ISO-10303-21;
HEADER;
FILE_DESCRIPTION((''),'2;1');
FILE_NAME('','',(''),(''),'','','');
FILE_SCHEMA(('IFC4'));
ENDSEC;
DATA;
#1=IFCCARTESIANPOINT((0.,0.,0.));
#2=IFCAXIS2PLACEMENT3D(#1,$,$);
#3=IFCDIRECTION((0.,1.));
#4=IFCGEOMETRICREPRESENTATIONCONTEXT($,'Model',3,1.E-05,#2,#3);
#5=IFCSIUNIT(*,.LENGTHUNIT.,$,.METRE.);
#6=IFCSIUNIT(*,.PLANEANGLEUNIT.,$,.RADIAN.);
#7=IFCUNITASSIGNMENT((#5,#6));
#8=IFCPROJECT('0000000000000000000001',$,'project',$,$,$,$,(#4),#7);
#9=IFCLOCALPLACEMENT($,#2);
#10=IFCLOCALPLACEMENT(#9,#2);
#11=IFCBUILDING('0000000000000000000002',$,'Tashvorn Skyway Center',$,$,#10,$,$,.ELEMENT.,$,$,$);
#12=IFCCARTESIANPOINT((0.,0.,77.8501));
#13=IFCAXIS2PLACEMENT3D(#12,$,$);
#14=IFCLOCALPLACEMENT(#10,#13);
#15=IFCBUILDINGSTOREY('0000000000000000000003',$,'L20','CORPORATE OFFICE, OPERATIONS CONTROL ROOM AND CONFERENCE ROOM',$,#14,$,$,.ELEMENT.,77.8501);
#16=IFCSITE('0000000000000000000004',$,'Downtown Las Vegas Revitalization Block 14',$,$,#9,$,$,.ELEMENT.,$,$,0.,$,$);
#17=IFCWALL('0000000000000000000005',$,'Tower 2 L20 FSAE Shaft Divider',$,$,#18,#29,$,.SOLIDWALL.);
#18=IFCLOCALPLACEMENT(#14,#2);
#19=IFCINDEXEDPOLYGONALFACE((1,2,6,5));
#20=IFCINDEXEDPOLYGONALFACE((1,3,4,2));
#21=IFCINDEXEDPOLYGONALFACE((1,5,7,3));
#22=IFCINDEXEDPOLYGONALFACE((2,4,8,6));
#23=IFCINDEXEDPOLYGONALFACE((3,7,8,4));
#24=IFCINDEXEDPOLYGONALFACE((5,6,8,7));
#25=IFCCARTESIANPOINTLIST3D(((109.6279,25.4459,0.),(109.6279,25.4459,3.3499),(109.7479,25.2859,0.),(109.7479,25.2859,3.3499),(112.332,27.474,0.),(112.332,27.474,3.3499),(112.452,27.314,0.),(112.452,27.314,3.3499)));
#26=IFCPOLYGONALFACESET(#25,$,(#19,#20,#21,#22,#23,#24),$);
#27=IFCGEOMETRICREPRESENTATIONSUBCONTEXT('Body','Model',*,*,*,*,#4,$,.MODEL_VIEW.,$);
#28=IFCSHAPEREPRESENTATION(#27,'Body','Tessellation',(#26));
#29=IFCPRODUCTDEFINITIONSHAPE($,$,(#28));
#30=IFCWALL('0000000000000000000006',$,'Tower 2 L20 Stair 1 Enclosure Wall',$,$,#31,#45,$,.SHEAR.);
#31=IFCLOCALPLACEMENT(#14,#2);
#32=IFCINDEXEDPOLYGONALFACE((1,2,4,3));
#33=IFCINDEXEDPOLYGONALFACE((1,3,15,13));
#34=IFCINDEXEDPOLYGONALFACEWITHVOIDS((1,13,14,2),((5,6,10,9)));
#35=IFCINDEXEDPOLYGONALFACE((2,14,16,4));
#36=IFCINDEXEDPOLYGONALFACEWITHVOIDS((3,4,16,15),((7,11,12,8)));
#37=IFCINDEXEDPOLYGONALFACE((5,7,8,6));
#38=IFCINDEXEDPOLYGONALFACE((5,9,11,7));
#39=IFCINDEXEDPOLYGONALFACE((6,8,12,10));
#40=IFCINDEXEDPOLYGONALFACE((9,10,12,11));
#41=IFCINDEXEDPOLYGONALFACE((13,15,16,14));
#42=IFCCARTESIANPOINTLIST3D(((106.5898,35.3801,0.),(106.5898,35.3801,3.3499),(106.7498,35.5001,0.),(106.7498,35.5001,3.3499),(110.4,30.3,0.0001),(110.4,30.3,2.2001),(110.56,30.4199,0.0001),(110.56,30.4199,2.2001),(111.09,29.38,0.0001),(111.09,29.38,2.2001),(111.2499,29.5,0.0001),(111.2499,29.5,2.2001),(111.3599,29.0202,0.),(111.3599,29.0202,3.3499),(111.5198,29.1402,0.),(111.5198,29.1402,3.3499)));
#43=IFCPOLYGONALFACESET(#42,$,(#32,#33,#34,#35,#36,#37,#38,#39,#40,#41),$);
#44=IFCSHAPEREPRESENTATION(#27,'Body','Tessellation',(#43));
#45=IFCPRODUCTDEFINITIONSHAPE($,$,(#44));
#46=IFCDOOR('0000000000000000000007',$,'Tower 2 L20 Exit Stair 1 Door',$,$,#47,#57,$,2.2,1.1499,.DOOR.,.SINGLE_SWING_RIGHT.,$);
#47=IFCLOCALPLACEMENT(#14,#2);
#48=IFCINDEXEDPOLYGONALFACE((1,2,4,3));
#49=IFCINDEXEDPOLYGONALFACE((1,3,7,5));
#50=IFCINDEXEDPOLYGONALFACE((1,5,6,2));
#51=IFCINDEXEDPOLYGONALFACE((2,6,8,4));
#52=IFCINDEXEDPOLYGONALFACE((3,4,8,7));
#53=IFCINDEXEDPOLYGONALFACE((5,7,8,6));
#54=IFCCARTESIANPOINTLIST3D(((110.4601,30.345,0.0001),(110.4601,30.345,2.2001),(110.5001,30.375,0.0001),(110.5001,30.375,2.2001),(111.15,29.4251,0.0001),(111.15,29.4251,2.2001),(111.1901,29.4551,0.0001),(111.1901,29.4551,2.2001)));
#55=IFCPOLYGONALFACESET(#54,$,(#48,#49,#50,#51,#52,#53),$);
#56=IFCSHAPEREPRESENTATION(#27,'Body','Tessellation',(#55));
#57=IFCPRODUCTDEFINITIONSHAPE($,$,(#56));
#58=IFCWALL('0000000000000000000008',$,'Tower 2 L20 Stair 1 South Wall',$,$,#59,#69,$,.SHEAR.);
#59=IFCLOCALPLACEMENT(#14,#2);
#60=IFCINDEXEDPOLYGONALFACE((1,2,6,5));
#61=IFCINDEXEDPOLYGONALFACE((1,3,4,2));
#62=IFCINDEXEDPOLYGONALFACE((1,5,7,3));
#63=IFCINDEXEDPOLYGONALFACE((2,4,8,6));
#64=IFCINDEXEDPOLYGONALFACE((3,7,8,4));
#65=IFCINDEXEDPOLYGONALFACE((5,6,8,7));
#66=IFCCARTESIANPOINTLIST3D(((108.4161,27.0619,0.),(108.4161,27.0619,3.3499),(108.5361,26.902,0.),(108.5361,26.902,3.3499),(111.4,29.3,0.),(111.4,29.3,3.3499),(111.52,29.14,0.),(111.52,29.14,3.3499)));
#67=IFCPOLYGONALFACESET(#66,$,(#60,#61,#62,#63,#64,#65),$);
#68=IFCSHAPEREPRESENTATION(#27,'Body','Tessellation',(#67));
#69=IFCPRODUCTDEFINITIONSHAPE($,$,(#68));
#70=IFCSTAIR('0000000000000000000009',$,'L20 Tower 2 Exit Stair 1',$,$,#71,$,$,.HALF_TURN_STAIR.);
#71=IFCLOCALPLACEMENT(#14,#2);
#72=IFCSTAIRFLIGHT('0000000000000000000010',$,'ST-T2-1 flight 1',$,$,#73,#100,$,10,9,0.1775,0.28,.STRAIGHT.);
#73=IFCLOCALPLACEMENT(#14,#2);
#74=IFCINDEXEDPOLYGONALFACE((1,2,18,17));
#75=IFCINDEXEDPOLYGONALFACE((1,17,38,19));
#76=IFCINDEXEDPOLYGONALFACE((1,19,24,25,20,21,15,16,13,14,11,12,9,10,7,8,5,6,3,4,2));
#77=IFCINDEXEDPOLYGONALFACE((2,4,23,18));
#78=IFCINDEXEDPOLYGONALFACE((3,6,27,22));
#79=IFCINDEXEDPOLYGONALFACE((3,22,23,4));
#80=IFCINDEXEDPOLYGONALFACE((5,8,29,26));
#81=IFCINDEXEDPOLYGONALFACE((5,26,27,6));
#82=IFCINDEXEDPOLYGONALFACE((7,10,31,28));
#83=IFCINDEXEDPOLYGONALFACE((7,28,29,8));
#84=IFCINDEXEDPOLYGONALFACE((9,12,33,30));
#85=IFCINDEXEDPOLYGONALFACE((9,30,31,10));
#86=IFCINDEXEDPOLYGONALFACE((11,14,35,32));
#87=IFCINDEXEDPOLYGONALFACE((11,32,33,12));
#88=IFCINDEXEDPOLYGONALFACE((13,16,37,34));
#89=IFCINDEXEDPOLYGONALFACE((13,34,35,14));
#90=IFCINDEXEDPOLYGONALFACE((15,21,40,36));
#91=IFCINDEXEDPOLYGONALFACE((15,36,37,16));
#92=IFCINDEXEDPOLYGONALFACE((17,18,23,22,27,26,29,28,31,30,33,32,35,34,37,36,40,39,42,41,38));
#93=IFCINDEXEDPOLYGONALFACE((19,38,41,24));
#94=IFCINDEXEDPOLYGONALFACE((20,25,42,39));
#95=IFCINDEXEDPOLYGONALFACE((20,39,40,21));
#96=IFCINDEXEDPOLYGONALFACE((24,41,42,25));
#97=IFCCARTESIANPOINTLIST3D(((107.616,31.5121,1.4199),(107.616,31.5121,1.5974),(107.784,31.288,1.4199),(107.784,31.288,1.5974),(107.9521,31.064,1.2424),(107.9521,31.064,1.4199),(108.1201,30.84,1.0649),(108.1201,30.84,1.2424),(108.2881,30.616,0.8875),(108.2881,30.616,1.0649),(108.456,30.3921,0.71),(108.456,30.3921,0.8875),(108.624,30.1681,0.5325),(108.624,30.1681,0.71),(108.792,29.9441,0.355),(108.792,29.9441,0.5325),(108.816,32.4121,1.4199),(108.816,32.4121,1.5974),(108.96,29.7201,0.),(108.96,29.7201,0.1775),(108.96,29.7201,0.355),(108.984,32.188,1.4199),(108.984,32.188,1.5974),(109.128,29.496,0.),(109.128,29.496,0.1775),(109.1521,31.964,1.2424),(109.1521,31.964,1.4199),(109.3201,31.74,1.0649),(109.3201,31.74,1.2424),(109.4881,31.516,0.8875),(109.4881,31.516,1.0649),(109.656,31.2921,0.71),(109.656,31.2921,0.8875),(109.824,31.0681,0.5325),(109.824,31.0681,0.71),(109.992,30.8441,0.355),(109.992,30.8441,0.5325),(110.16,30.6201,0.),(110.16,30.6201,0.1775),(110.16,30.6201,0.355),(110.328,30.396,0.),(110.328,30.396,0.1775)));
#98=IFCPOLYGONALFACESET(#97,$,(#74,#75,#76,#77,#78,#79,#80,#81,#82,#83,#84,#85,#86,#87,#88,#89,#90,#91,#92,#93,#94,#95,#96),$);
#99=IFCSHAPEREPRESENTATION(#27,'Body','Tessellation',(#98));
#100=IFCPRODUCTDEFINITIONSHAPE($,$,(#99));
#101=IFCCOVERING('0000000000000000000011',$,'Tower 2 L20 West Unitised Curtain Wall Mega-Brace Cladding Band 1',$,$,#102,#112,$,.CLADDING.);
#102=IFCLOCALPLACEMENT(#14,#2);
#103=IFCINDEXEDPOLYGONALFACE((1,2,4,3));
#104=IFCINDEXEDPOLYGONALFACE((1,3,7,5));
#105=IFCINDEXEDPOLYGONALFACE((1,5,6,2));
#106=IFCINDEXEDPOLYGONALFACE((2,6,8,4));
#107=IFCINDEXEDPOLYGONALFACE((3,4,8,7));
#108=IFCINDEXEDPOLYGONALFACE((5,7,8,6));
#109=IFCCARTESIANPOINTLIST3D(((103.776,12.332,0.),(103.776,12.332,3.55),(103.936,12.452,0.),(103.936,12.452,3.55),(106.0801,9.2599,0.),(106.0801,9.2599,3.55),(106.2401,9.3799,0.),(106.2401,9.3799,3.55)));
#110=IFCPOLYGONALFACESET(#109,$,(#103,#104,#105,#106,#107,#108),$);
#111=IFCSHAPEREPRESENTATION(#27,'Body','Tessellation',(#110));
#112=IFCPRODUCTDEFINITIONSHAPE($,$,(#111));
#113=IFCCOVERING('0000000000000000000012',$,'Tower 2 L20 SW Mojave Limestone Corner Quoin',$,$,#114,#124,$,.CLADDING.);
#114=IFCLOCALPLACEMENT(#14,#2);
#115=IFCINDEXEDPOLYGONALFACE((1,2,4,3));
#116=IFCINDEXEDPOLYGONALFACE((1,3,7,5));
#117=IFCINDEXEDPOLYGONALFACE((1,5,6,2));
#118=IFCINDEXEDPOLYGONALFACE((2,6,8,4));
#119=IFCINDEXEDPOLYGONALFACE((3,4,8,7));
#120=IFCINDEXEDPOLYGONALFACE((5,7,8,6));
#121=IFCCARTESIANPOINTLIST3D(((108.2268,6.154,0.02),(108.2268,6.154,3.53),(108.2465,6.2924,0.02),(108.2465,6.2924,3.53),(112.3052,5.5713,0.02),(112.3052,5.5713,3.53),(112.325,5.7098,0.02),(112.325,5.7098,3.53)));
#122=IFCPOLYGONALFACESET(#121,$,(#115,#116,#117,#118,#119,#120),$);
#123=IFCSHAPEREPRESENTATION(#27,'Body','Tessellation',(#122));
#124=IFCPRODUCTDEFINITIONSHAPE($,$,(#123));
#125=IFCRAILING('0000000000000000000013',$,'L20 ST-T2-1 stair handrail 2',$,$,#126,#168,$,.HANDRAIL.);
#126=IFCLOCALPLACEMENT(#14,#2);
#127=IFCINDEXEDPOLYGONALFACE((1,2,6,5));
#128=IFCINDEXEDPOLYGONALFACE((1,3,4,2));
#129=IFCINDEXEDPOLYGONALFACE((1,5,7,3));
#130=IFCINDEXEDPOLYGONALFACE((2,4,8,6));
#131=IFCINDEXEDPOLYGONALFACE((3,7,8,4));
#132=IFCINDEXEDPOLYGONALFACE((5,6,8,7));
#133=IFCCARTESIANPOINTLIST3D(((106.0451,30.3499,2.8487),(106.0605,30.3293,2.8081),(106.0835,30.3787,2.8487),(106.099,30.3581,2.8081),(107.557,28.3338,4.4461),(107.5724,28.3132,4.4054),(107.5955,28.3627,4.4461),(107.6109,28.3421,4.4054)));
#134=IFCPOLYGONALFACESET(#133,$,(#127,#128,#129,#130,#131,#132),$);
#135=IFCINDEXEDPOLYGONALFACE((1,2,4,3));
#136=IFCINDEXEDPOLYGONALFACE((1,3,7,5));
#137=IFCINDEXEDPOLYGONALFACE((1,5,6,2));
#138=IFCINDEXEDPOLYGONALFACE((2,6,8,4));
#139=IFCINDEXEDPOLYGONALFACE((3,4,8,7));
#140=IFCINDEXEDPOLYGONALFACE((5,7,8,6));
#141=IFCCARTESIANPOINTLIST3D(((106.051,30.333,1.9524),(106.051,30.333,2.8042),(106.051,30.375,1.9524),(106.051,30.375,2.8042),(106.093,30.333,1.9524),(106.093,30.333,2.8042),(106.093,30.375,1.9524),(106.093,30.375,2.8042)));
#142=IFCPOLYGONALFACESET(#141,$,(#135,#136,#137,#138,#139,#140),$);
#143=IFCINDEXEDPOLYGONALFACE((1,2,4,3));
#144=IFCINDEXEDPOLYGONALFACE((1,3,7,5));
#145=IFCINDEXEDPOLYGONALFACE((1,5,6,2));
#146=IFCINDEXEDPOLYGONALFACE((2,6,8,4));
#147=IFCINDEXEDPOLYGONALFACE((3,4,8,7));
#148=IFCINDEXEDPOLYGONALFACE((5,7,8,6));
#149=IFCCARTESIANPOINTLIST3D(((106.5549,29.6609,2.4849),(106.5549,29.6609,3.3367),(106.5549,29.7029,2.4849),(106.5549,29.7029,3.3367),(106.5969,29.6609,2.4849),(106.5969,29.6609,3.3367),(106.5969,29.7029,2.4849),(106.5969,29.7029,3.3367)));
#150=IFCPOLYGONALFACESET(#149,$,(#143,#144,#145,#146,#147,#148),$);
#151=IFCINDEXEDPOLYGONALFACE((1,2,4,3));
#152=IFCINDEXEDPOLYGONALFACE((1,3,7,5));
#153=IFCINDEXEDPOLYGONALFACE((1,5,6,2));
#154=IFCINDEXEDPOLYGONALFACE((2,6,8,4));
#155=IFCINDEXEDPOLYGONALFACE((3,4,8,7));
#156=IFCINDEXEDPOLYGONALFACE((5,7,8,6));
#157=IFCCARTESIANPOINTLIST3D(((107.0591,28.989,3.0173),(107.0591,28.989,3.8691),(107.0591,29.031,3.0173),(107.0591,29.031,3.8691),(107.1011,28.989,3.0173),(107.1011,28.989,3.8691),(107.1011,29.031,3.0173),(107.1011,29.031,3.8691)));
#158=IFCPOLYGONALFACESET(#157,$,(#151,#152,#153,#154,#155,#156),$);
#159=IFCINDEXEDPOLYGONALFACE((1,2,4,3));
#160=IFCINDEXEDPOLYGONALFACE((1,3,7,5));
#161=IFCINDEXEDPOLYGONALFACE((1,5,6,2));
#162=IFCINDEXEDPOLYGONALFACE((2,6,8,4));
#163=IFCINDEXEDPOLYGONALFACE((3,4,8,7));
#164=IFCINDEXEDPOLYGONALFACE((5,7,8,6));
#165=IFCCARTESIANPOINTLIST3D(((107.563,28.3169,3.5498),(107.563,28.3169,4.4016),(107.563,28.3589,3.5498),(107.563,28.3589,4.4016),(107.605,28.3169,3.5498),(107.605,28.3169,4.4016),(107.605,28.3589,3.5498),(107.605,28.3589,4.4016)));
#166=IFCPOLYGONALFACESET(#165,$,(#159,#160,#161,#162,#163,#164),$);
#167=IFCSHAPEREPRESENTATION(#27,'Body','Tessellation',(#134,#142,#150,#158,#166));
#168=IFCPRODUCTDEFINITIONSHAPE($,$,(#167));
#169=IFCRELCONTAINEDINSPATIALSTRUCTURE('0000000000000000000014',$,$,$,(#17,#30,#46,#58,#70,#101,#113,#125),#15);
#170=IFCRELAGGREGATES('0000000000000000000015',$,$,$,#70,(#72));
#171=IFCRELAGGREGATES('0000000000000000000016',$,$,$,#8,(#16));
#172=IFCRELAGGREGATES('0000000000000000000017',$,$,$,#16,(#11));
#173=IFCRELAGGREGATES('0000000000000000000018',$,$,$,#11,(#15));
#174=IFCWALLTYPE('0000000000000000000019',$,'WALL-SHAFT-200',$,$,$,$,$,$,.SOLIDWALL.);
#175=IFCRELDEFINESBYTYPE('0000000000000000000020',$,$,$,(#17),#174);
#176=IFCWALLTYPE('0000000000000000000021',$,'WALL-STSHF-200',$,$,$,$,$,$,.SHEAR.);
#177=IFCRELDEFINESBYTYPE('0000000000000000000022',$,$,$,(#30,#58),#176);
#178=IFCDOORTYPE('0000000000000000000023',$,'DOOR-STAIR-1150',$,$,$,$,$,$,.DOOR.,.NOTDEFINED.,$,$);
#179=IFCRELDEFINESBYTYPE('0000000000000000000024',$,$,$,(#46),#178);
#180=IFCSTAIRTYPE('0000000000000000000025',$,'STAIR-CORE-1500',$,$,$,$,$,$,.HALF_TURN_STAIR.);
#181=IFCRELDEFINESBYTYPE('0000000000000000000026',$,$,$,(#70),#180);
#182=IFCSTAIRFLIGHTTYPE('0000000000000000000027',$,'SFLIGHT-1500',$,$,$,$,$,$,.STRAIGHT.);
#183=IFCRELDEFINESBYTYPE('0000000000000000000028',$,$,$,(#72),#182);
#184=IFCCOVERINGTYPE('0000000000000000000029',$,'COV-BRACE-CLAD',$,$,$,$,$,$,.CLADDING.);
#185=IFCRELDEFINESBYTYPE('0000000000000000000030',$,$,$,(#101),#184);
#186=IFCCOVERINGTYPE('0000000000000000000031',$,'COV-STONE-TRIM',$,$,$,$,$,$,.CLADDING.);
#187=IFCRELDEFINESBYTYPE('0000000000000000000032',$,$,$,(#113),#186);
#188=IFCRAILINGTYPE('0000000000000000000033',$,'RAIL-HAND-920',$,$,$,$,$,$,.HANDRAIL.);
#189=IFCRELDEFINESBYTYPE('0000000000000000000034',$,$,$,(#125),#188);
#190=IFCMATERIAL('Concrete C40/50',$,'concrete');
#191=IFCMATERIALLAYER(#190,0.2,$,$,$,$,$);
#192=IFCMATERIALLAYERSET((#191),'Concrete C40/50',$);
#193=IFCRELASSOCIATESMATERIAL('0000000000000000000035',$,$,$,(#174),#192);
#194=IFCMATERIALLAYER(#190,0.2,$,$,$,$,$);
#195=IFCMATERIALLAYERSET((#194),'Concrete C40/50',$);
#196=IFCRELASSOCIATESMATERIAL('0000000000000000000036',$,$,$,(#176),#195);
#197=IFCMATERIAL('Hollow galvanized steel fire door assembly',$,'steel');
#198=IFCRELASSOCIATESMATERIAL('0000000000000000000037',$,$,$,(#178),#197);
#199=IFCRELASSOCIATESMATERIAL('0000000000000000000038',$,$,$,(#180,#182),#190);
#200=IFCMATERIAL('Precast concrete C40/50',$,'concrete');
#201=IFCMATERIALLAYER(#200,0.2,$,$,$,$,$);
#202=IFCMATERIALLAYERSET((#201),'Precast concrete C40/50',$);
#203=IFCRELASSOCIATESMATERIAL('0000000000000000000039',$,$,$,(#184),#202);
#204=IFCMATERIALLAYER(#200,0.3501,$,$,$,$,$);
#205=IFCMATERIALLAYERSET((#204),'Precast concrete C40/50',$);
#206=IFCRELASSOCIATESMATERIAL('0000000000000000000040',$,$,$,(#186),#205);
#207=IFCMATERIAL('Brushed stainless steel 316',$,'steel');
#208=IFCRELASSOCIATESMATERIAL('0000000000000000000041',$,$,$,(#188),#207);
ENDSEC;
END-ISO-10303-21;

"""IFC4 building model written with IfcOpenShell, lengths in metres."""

from ifc_helpers import new_model, si_unit, direction, frame, frame_2d, origin, origin_2d, place, context, subcontext, project, spatial, polyline, rectangle, outline, extrude, material, layer, layer_set, type_object, element, fill, aggregate, save


model = new_model("IFC4")

# Units and contexts
model_context = context("Model", 3, precision=1e-05, world=origin(), true_north=direction((0.0, 1.0)))
body_context = subcontext(model_context, "Body", "Model", "MODEL_VIEW")
ifc_project = project(units=[si_unit("LENGTHUNIT", "METRE"), si_unit("PLANEANGLEUNIT", "RADIAN")], contexts=[model_context])

# Site, building, storey
site_placement = place(None, origin())
site = spatial("IfcSite", under=ifc_project, at=site_placement, Name="Downtown Las Vegas Revitalization Block 14", CompositionType="ELEMENT", RefElevation=0.0)
building_placement = place(site_placement, origin())
building = spatial("IfcBuilding", under=site, at=building_placement, Name="Tashvorn Skyway Center", CompositionType="ELEMENT")
storey_placement = place(building_placement, frame((0.0, 0.0, 77.8501)))
storey = spatial("IfcBuildingStorey", under=building, at=storey_placement, Name="L20", Description="CORPORATE OFFICE, OPERATIONS CONTROL ROOM AND CONFERENCE ROOM", CompositionType="ELEMENT", Elevation=77.8501)

# Shared definitions
ifc_material_1 = material(Name="Precast concrete C40/50", Category="concrete")

# Shared definitions
ifc_material_2 = material(Name="Concrete C40/50", Category="concrete")
ifc_material_3 = material(Name="Hollow galvanized steel fire door assembly", Category="steel")

# Wall
ifc_layer_1 = layer(ifc_material_2, 0.2)
ifc_layer_set_1 = layer_set([ifc_layer_1], Name="Concrete C40/50")
wall_type_1 = type_object("IfcWallType", Name="WALL-SHAFT-200", PredefinedType="SOLIDWALL", material=ifc_layer_set_1)
for number, where, z_axis, x_axis, name in (
    (1, (109.688, 25.366, 0.0), (0.0, 0.0, 1.0), (0.8, 0.6, 0.0), "Tower 2 L20 FSAE Shaft Divider"),
):
    element("IfcWall", number, at=place(storey_placement, frame(where, z_axis=z_axis, x_axis=x_axis)), inside=storey, type_object=wall_type_1, Name=name, PredefinedType="SOLIDWALL", context=body_context, shape_type="SweptSolid", body=[
        extrude(rectangle(XDim=3.3801, YDim=0.2, at=frame_2d((1.6899, 0.0))), origin(), (0.0, 0.0, 1.0), 3.3499),
    ])

# Wall, opening, door
ifc_layer_2 = layer(ifc_material_2, 0.2)
ifc_layer_set_2 = layer_set([ifc_layer_2], Name="Concrete C40/50")
wall_type_2 = type_object("IfcWallType", Name="WALL-STSHF-200", PredefinedType="SHEAR", material=ifc_layer_set_2)
wall_1_placement = place(storey_placement, frame((111.4399, 29.0801, 0.0), z_axis=(0.0, 0.0, 1.0), x_axis=(-0.60001, 0.799993, 0.0)))
wall_1 = element("IfcWall", 2, at=wall_1_placement, inside=storey, type_object=wall_type_2, Name="Tower 2 L20 Stair 1 Enclosure Wall", PredefinedType="SHEAR", context=body_context, shape_type="SweptSolid", body=[
    extrude(rectangle(XDim=7.95, YDim=0.2, at=frame_2d((3.9751, 0.0))), origin(), (0.0, 0.0, 1.0), 3.3499),
])
opening_1_placement = place(wall_1_placement, frame((0.45, 0.0, 0.0)))
opening_1 = element("IfcOpeningElement", 3, at=opening_1_placement, cuts=wall_1, PredefinedType="OPENING", context=body_context, shape_type="SweptSolid", body=[
    extrude(rectangle(XDim=1.1499, YDim=2.2, at=frame_2d((0.575, 1.1001))), frame((0.0, 0.1099, 0.0), z_axis=(0.0, -1.0, 0.0), x_axis=(1.0, 0.0, 0.0)), (0.0, 0.0, 1.0), 0.22),
])
door_type_1 = type_object("IfcDoorType", Name="DOOR-STAIR-1150", OperationType="NOTDEFINED", PredefinedType="DOOR", material=ifc_material_3)
door_1_placement = place(opening_1_placement, origin())
door_1 = element("IfcDoor", 4, at=door_1_placement, inside=storey, type_object=door_type_1, Name="Tower 2 L20 Exit Stair 1 Door", OperationType="SINGLE_SWING_RIGHT", OverallHeight=2.2, OverallWidth=1.1499, PredefinedType="DOOR", context=body_context, shape_type="SweptSolid", body=[
    extrude(rectangle(XDim=1.1499, YDim=2.2, at=frame_2d((0.575, 1.1001))), frame((0.0, 0.0249, 0.0), z_axis=(0.0, -1.0, 0.0), x_axis=(1.0, 0.0, 0.0)), (0.0, 0.0, 1.0), 0.05),
])
fill(opening_1, door_1)

# Wall
wall_2_placement = place(storey_placement, frame((108.4761, 26.9819, 0.0), z_axis=(0.0, 0.0, 1.0), x_axis=(0.799984, 0.600021, 0.0)))
element("IfcWall", 5, at=wall_2_placement, inside=storey, type_object=wall_type_2, Name="Tower 2 L20 Stair 1 South Wall", PredefinedType="SHEAR", context=body_context, shape_type="SweptSolid", body=[
    extrude(rectangle(XDim=3.73, YDim=0.2, at=frame_2d((1.865, 0.0))), origin(), (0.0, 0.0, 1.0), 3.3499),
])

# Stair, stair flight
stair_type = type_object("IfcStairType", Name="STAIR-CORE-1500", PredefinedType="HALF_TURN_STAIR", material=ifc_material_2)
stair_placement = place(storey_placement, origin())
stair = element("IfcStair", 6, at=stair_placement, inside=storey, type_object=stair_type, Name="L20 Tower 2 Exit Stair 1", PredefinedType="HALF_TURN_STAIR")
stair_flight_type = type_object("IfcStairFlightType", Name="SFLIGHT-1500", PredefinedType="STRAIGHT", material=ifc_material_2)
stair_flight_placement = place(storey_placement, frame((109.728, 29.946, 0.0), z_axis=(0.0, 0.0, 1.0), x_axis=(-0.6, 0.8, 0.0)))
stair_flight = element("IfcStairFlight", 7, at=stair_flight_placement, type_object=stair_flight_type, Name="ST-T2-1 flight 1", NumberOfRisers=10, NumberOfTreads=9, PredefinedType="STRAIGHT", RiserHeight=0.1775, TreadLength=0.28, context=body_context, shape_type="SweptSolid", body=[
    extrude(outline(polyline([(0.0, 0.0), (0.0, 0.1775), (0.28, 0.1775), (0.28, 0.355), (0.5601, 0.355), (0.5601, 0.5325), (0.8401, 0.5325), (0.8401, 0.71), (1.1201, 0.71), (1.1201, 0.8875), (1.3999, 0.8875), (1.3999, 1.0649), (1.6799, 1.0649), (1.6799, 1.2424), (1.96, 1.2424), (1.96, 1.4199), (2.24, 1.4199), (2.24, 1.5974), (2.52, 1.5974), (2.52, 1.7749), (2.52, 1.4199), (0.28, 0.0), (0.0, 0.0)])), frame((0.0, 0.75, 0.0), z_axis=(0.0, -1.0, 0.0), x_axis=(1.0, 0.0, 0.0)), (0.0, 0.0, 1.0), 1.5),
])
aggregate(stair, [stair_flight])

# Coverings
ifc_layer_3 = layer(ifc_material_1, 0.2)
ifc_layer_set_3 = layer_set([ifc_layer_3], Name="Precast concrete C40/50")
covering_type_1 = type_object("IfcCoveringType", Name="COV-BRACE-CLAD", PredefinedType="CLADDING", material=ifc_layer_set_3)
covering_1_placement = place(storey_placement, frame((105.0081, 10.856, 0.0), z_axis=(0.0, 0.0, 1.0), x_axis=(-0.6, 0.8, 0.0)))
element("IfcCovering", 8, at=covering_1_placement, inside=storey, type_object=covering_type_1, Name="Tower 2 L20 West Unitised Curtain Wall Mega-Brace Cladding Band 1", PredefinedType="CLADDING", context=body_context, shape_type="SweptSolid", body=[
    extrude(rectangle(XDim=3.8401, YDim=0.2, at=origin_2d()), origin(), (0.0, 0.0, 1.0), 3.55),
])
ifc_layer_4 = layer(ifc_material_1, 0.3501)
ifc_layer_set_4 = layer_set([ifc_layer_4], Name="Precast concrete C40/50")
covering_type_2 = type_object("IfcCoveringType", Name="COV-STONE-TRIM", PredefinedType="CLADDING", material=ifc_layer_set_4)
covering_2_placement = place(storey_placement, frame((110.2759, 5.9319, 0.02), z_axis=(0.0, 0.0, 1.0), x_axis=(-0.989949, 0.141421, 0.0)))
element("IfcCovering", 9, at=covering_2_placement, inside=storey, type_object=covering_type_2, Name="Tower 2 L20 SW Mojave Limestone Corner Quoin", PredefinedType="CLADDING", context=body_context, shape_type="SweptSolid", body=[
    extrude(rectangle(XDim=4.1199, YDim=0.1399, at=origin_2d()), origin(), (0.0, 0.0, 1.0), 3.51),
])

# Railing
ifc_material_4 = material(Name="Brushed stainless steel 316", Category="steel")
railing_type_1 = type_object("IfcRailingType", Name="RAIL-HAND-920", PredefinedType="HANDRAIL", material=ifc_material_4)
railing_1_placement = place(storey_placement, frame((106.072, 30.354, 1.9524)))
element("IfcRailing", 10, at=railing_1_placement, inside=storey, type_object=railing_type_1, Name="L20 ST-T2-1 stair handrail 2", PredefinedType="HANDRAIL", context=body_context, shape_type="SweptSolid", body=[
    extrude(rectangle(XDim=0.0481, YDim=0.0481, at=origin_2d()), frame((0.0, 0.0, 0.876), z_axis=(0.506741, -0.675709, 0.535379), x_axis=(0.800023, 0.599969, 0.0)), (0.0, 0.0, 1.0), 2.9836),
    extrude(rectangle(XDim=0.042, YDim=0.042, at=origin_2d()), origin(), (0.0, 0.0, 1.0), 0.8518),
    extrude(rectangle(XDim=0.042, YDim=0.042, at=origin_2d()), frame((0.5039, -0.6721, 0.5325)), (0.0, 0.0, 1.0), 0.8518),
    extrude(rectangle(XDim=0.042, YDim=0.042, at=origin_2d()), frame((1.0081, -1.344, 1.0649)), (0.0, 0.0, 1.0), 0.8518),
    extrude(rectangle(XDim=0.042, YDim=0.042, at=origin_2d()), frame((1.512, -2.0161, 1.5974)), (0.0, 0.0, 1.0), 0.8518),
])

save(model, "model.ifc")
